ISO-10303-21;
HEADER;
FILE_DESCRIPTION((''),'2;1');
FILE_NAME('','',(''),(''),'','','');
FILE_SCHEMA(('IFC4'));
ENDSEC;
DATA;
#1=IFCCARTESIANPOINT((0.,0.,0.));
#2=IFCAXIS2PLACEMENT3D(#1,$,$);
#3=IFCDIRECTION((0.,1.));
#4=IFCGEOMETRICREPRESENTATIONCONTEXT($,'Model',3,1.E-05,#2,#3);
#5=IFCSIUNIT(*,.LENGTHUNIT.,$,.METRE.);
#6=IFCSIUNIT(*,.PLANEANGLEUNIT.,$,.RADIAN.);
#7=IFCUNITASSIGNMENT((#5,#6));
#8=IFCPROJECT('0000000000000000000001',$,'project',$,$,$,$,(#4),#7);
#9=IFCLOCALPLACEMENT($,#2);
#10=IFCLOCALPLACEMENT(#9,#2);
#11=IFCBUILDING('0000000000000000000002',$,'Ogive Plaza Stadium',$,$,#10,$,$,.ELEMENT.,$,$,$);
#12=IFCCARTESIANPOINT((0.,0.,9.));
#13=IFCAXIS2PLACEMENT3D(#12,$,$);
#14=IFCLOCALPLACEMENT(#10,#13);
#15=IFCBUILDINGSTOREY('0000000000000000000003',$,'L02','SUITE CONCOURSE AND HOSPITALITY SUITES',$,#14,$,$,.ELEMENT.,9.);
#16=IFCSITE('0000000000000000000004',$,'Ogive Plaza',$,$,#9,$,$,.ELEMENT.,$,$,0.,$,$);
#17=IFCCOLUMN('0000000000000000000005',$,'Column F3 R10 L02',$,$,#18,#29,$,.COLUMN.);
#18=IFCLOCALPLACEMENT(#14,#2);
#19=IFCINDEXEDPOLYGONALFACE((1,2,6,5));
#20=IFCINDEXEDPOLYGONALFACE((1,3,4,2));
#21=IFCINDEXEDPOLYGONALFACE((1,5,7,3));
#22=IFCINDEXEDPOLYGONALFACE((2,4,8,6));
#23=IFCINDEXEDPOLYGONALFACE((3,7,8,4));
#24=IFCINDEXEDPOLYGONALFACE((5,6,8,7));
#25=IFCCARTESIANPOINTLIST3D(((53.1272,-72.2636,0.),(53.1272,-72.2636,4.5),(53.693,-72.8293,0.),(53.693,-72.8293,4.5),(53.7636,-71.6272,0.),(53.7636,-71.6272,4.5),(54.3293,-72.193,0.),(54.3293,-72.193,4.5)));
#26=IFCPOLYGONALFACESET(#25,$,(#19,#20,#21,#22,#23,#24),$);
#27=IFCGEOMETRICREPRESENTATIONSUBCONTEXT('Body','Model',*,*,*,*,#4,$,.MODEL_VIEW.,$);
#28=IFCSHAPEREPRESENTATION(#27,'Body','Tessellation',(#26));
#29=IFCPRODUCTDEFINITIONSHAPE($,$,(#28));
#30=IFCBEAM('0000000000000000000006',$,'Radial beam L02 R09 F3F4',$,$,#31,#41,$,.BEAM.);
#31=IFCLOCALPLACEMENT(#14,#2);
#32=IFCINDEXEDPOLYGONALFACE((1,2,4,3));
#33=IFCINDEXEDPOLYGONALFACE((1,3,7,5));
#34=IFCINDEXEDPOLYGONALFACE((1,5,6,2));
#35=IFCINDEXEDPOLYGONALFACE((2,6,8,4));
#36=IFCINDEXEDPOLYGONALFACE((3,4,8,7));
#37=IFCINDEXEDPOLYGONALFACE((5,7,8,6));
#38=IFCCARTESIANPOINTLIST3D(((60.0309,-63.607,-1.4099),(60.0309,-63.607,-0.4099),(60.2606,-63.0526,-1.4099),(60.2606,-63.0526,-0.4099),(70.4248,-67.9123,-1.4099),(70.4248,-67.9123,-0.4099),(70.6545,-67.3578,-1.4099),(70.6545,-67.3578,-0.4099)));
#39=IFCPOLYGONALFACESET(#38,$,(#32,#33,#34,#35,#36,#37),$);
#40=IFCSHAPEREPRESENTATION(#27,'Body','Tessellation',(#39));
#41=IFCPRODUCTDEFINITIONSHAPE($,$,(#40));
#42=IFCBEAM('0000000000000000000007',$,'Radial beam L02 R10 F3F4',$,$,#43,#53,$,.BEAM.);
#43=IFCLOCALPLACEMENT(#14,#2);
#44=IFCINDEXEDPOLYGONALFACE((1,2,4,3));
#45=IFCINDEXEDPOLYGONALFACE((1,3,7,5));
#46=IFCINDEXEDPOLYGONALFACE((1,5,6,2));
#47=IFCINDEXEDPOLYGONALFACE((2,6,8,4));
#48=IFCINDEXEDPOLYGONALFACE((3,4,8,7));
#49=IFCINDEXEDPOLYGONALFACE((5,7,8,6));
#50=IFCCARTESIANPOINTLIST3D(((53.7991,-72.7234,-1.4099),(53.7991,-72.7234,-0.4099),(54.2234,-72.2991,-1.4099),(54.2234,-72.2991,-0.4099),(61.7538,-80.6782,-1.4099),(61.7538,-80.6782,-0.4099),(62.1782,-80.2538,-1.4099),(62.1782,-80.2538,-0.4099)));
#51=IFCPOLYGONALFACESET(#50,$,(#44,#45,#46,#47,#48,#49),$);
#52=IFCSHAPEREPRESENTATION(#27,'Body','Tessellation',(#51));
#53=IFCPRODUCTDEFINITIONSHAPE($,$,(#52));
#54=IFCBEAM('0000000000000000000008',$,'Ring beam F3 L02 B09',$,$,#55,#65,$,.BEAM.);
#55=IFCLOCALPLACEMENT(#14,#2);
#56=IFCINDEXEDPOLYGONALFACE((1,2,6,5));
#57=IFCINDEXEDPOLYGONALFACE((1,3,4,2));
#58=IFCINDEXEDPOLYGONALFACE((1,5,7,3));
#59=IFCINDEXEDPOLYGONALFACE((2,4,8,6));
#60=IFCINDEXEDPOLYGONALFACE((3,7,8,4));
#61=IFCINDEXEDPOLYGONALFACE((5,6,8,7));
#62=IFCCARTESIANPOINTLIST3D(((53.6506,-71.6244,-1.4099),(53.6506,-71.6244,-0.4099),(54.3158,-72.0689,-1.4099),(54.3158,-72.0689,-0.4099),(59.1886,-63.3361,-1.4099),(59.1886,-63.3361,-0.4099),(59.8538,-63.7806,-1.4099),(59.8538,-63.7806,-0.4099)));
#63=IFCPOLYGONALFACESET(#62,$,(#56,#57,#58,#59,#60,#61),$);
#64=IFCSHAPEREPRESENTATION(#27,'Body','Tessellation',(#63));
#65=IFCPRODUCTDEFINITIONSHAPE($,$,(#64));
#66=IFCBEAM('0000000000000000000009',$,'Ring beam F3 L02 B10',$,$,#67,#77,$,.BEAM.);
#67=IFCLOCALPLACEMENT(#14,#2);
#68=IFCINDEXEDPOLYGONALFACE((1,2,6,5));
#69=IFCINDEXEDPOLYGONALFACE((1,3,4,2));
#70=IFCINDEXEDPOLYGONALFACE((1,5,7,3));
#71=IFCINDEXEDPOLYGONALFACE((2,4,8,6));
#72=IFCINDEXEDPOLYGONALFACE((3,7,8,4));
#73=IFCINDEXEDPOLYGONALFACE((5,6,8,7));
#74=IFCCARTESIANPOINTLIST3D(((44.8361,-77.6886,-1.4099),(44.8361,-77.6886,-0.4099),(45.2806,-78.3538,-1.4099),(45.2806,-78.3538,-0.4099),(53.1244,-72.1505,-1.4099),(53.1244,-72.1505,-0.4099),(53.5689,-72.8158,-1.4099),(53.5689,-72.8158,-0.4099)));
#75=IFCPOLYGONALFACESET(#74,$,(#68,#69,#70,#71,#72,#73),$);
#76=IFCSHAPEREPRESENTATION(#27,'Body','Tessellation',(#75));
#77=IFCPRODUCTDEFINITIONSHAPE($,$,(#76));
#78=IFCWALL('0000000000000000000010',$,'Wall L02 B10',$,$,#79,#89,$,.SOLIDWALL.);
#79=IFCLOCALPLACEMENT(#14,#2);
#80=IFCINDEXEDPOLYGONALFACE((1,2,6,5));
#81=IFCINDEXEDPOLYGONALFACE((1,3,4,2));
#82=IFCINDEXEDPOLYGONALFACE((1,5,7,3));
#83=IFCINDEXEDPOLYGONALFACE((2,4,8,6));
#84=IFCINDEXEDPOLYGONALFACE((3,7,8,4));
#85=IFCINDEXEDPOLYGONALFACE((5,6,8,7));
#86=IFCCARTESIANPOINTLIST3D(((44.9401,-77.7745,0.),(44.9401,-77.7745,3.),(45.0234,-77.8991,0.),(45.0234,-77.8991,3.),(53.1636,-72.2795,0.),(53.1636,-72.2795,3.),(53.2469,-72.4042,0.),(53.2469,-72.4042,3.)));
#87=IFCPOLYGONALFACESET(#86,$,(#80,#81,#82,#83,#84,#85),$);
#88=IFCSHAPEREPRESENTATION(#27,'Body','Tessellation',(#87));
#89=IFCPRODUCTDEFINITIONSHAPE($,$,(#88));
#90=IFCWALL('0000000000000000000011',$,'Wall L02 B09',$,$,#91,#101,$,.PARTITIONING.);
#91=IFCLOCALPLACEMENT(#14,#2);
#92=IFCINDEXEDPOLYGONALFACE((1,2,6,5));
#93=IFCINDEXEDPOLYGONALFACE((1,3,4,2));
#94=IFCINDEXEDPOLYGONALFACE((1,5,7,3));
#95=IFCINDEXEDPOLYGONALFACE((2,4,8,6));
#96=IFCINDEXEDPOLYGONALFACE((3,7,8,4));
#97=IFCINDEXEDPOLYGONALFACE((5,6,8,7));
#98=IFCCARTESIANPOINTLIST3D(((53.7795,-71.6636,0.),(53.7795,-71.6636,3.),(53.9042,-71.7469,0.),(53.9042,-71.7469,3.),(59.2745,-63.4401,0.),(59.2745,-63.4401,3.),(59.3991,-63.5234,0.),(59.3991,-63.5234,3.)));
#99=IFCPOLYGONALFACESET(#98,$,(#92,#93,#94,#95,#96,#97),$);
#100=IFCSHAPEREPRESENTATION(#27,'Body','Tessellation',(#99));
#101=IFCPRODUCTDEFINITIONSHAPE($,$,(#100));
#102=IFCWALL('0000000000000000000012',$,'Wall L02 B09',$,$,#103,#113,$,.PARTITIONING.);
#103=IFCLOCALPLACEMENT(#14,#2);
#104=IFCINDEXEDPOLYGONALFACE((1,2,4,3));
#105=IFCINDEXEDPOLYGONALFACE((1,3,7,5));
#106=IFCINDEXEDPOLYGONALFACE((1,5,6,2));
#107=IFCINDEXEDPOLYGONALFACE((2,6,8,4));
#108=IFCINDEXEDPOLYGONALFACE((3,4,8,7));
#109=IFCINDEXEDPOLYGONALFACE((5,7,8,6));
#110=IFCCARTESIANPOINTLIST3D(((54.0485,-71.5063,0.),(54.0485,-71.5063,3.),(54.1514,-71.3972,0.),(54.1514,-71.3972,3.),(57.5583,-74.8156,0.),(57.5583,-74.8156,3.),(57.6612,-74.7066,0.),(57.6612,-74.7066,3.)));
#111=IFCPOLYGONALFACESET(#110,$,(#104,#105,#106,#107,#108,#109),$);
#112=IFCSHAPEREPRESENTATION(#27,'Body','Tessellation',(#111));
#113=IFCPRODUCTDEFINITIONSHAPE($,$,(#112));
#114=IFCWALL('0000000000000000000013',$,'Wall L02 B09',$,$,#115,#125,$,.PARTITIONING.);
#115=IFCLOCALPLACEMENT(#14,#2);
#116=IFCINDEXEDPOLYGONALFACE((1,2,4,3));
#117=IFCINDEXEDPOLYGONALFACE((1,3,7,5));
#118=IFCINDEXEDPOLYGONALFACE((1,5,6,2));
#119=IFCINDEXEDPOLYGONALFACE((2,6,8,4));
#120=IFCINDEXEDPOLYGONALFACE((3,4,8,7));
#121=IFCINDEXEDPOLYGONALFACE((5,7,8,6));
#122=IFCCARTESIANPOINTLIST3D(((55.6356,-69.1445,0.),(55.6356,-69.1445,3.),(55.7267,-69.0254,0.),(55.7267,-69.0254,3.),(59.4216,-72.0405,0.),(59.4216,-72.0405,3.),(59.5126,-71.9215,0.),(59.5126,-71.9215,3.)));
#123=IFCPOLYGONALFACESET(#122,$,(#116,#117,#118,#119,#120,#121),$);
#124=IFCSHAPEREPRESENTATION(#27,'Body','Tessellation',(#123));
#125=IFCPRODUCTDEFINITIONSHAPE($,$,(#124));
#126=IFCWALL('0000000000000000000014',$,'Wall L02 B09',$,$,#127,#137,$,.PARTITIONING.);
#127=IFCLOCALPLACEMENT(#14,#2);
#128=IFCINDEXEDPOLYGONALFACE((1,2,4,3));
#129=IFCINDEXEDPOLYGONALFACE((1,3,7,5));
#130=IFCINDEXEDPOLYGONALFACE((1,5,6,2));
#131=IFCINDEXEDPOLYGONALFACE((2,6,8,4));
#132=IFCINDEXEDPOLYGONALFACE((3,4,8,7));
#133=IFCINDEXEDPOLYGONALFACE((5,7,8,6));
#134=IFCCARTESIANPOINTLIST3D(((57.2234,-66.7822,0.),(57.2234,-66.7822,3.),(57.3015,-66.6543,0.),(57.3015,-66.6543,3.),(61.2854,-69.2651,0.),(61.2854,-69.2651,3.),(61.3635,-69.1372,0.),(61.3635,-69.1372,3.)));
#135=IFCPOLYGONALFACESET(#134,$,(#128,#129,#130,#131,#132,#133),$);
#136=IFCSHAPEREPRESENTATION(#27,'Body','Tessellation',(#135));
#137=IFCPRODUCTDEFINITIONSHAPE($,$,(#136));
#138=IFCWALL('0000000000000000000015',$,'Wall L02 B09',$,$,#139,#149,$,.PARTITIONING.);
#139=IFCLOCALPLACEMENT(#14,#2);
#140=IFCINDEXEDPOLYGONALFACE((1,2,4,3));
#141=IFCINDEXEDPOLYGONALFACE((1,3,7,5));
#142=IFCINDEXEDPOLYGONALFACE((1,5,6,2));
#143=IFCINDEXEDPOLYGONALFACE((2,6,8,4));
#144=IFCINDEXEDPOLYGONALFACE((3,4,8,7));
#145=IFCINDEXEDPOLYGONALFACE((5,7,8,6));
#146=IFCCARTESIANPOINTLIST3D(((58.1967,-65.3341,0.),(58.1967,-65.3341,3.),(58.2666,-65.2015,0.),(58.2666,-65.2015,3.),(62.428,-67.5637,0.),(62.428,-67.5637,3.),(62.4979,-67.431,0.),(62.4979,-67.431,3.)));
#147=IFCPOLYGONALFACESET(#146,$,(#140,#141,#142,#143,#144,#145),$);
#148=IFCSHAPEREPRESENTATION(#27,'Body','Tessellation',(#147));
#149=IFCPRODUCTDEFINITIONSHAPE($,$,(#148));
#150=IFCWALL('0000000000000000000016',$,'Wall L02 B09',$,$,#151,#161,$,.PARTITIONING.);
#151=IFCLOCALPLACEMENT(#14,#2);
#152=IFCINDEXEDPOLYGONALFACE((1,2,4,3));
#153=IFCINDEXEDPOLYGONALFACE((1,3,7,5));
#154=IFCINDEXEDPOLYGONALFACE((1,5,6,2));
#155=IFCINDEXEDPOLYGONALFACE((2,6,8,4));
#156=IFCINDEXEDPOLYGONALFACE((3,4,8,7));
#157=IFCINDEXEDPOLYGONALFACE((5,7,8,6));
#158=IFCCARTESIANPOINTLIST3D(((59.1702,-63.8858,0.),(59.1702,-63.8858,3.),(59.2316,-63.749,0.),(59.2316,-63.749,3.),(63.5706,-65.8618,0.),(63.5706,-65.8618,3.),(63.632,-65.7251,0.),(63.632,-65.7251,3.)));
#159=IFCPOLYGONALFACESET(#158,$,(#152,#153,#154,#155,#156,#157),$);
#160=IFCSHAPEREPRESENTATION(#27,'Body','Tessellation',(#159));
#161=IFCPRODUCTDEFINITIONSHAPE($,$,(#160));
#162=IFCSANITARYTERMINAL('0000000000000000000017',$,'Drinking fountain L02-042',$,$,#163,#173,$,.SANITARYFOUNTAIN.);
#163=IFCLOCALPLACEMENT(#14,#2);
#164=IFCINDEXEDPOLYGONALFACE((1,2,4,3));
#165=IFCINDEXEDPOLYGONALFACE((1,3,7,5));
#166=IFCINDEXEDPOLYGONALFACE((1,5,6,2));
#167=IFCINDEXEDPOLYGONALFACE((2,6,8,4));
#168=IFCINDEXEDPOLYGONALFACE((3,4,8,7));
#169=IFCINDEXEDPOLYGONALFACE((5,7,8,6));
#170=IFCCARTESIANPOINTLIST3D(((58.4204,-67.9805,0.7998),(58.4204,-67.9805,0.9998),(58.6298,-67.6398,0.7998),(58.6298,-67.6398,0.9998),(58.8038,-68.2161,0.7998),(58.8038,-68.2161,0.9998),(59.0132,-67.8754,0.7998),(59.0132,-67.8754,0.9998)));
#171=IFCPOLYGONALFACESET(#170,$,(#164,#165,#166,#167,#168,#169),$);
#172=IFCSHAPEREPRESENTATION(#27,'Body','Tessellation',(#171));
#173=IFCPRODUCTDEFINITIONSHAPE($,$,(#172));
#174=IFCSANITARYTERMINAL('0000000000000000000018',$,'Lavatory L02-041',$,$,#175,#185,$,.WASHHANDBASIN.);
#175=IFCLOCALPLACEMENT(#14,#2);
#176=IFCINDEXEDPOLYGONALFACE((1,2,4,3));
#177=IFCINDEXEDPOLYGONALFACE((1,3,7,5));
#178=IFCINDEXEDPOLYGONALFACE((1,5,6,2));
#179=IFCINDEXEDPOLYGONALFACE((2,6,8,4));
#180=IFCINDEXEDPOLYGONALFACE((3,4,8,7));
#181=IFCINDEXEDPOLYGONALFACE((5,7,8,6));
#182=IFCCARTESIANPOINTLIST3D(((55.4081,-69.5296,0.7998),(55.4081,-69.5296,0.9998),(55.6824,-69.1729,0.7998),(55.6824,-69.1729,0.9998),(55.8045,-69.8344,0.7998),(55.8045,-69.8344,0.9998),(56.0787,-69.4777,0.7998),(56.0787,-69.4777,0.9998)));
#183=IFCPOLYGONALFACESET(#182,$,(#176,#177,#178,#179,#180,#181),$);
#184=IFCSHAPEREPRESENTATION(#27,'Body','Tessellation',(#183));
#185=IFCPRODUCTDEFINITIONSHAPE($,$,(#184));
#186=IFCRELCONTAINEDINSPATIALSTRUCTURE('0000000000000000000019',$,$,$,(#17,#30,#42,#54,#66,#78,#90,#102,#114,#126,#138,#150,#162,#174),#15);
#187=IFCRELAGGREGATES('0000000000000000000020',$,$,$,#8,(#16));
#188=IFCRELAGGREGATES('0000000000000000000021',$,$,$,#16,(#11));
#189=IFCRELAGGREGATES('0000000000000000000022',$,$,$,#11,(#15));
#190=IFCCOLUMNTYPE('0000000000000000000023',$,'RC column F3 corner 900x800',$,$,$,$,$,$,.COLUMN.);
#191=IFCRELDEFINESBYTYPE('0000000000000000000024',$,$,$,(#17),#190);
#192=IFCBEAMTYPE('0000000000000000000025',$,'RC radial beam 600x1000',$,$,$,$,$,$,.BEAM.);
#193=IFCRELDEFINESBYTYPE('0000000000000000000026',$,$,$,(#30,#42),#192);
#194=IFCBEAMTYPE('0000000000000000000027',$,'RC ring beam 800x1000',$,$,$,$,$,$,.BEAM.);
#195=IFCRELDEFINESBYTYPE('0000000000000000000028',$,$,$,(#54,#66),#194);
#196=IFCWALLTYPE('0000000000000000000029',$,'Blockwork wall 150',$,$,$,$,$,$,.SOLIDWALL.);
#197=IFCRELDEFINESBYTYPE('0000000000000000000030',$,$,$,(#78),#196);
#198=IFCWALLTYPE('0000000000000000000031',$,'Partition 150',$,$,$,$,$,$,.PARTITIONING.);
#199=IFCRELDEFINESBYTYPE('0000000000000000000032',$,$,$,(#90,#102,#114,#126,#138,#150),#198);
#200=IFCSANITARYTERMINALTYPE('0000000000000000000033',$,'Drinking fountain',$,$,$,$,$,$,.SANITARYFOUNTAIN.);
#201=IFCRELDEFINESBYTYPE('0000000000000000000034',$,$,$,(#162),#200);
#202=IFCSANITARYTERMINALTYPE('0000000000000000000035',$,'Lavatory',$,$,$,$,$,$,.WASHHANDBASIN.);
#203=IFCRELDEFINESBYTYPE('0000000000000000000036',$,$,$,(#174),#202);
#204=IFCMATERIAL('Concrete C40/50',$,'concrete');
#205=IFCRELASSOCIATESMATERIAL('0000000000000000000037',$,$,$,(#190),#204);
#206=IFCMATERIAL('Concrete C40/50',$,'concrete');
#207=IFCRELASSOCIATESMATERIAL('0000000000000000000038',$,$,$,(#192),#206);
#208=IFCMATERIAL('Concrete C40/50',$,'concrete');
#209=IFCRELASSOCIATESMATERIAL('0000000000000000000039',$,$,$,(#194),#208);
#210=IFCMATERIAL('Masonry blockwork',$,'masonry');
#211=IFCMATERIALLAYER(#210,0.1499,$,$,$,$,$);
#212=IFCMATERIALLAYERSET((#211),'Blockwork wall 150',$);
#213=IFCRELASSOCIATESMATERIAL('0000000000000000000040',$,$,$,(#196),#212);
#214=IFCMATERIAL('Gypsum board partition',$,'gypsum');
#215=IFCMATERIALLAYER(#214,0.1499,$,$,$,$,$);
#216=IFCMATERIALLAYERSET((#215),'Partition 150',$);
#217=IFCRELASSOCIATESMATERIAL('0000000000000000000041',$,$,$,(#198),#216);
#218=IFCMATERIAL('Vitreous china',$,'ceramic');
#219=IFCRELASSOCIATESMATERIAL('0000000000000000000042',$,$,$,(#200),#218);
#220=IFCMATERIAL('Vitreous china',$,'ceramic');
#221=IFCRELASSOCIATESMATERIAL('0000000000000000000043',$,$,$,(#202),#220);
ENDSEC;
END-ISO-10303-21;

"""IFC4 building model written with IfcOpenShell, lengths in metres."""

from ifc_helpers import new_model, si_unit, direction, frame, frame_2d, origin, origin_2d, place, context, subcontext, project, spatial, rectangle, extrude, material, layer, layer_set, material_profile, profile_set, type_object, element, save


model = new_model("IFC4")

# Units and contexts
model_context = context("Model", 3, precision=1e-05, world=origin(), true_north=direction((0.0, 1.0)))
body_context = subcontext(model_context, "Body", "Model", "MODEL_VIEW")
ifc_project = project(units=[si_unit("LENGTHUNIT", "METRE"), si_unit("PLANEANGLEUNIT", "RADIAN")], contexts=[model_context])

# Site, building, storey
site_placement = place(None, origin())
site = spatial("IfcSite", under=ifc_project, at=site_placement, Name="Ogive Plaza", CompositionType="ELEMENT", RefElevation=0.0)
building_placement = place(site_placement, origin())
building = spatial("IfcBuilding", under=site, at=building_placement, Name="Ogive Plaza Stadium", CompositionType="ELEMENT")
storey_placement = place(building_placement, frame((0.0, 0.0, 9.0)))
storey = spatial("IfcBuildingStorey", under=building, at=storey_placement, Name="L02", Description="SUITE CONCOURSE AND HOSPITALITY SUITES", CompositionType="ELEMENT", Elevation=9.0)

# Column
ifc_material_1 = material(Name="Concrete C40/50", Category="concrete")
ifc_material_profile_1 = material_profile(ifc_material_1, rectangle(XDim=0.8999, YDim=0.8, at=origin_2d()), Name="RC 900x800")
ifc_profile_set_1 = profile_set([ifc_material_profile_1], Name="Concrete C40/50")
column_type = type_object("IfcColumnType", Name="RC column F3 corner 900x800", PredefinedType="COLUMN", material=ifc_profile_set_1)
column_placement = place(storey_placement, frame((53.7283, -72.2283, 0.0), z_axis=(0.0, 0.0, 1.0), x_axis=(0.707107, 0.707107, 0.0)))
element("IfcColumn", 1, at=column_placement, inside=storey, type_object=column_type, Name="Column F3 R10 L02", PredefinedType="COLUMN", context=body_context, shape_type="SweptSolid", body=[
    extrude(rectangle(XDim=0.8999, YDim=0.8, at=origin_2d()), origin(), (0.0, 0.0, 1.0), 4.5),
])

# Beams
ifc_material_2 = material(Name="Concrete C40/50", Category="concrete")
ifc_material_profile_2 = material_profile(ifc_material_2, rectangle(XDim=0.6001, YDim=1.0, at=origin_2d()), Name="RC 600x1000")
ifc_profile_set_2 = profile_set([ifc_material_profile_2], Name="Concrete C40/50")
beam_type_1 = type_object("IfcBeamType", Name="RC radial beam 600x1000", PredefinedType="BEAM", material=ifc_profile_set_2)
beam_1_placement = place(storey_placement, frame((60.1458, -63.3298, -0.9099), z_axis=(0.923882, -0.382678, 0.0), x_axis=(0.382678, 0.923882, 0.0)))
element("IfcBeam", 2, at=beam_1_placement, inside=storey, type_object=beam_type_1, Name="Radial beam L02 R09 F3F4", PredefinedType="BEAM", context=body_context, shape_type="SweptSolid", body=[
    extrude(rectangle(XDim=0.6001, YDim=1.0, at=origin_2d()), origin(), (0.0, 0.0, 1.0), 11.2502),
])
beam_2_placement = place(storey_placement, frame((54.0112, -72.5112, -0.9099), z_axis=(0.707107, -0.707107, 0.0), x_axis=(0.707107, 0.707107, 0.0)))
element("IfcBeam", 3, at=beam_2_placement, inside=storey, type_object=beam_type_1, Name="Radial beam L02 R10 F3F4", PredefinedType="BEAM", context=body_context, shape_type="SweptSolid", body=[
    extrude(rectangle(XDim=0.6001, YDim=1.0, at=origin_2d()), origin(), (0.0, 0.0, 1.0), 11.2498),
])
ifc_material_3 = material(Name="Concrete C40/50", Category="concrete")
ifc_material_profile_3 = material_profile(ifc_material_3, rectangle(XDim=0.8, YDim=1.0, at=origin_2d()), Name="RC 800x1000")
ifc_profile_set_3 = profile_set([ifc_material_profile_3], Name="Concrete C40/50")
beam_type_2 = type_object("IfcBeamType", Name="RC ring beam 800x1000", PredefinedType="BEAM", material=ifc_profile_set_3)
for number, where, z_axis, x_axis, name in (
    (4, (59.5212, -63.5583, -0.9099), (-0.55557, -0.83147, 0.0), (0.83147, -0.55557, 0.0), "Ring beam F3 L02 B09"),
    (5, (53.3467, -72.4832, -0.9099), (-0.83147, -0.55557, 0.0), (0.55557, -0.83147, 0.0), "Ring beam F3 L02 B10"),
):
    element("IfcBeam", number, at=place(storey_placement, frame(where, z_axis=z_axis, x_axis=x_axis)), inside=storey, type_object=beam_type_2, Name=name, PredefinedType="BEAM", context=body_context, shape_type="SweptSolid", body=[
        extrude(rectangle(XDim=0.8, YDim=1.0, at=origin_2d()), origin(), (0.0, 0.0, 1.0), 9.9683),
    ])

# Walls
ifc_material_4 = material(Name="Masonry blockwork", Category="masonry")
ifc_layer_1 = layer(ifc_material_4, 0.1499)
ifc_layer_set_1 = layer_set([ifc_layer_1], Name="Blockwork wall 150")
wall_type_1 = type_object("IfcWallType", Name="Blockwork wall 150", PredefinedType="SOLIDWALL", material=ifc_layer_set_1)
wall_1_placement = place(storey_placement, frame((53.2053, -72.3418, 0.0), z_axis=(0.0, 0.0, 1.0), x_axis=(-0.831461, -0.555583, 0.0)))
element("IfcWall", 6, at=wall_1_placement, inside=storey, type_object=wall_type_1, Name="Wall L02 B10", PredefinedType="SOLIDWALL", context=body_context, shape_type="SweptSolid", body=[
    extrude(rectangle(XDim=9.8904, YDim=0.1499, at=frame_2d((4.9453, 0.0))), origin(), (0.0, 0.0, 1.0), 3.0),
])
ifc_material_5 = material(Name="Gypsum board partition", Category="gypsum")
ifc_layer_2 = layer(ifc_material_5, 0.1499)
ifc_layer_set_2 = layer_set([ifc_layer_2], Name="Partition 150")
wall_type_2 = type_object("IfcWallType", Name="Partition 150", PredefinedType="PARTITIONING", material=ifc_layer_set_2)
wall_2_placement = place(storey_placement, frame((53.8418, -71.7053, 0.0), z_axis=(0.0, 0.0, 1.0), x_axis=(0.555583, 0.831461, 0.0)))
element("IfcWall", 7, at=wall_2_placement, inside=storey, type_object=wall_type_2, Name="Wall L02 B09", PredefinedType="PARTITIONING", context=body_context, shape_type="SweptSolid", body=[
    extrude(rectangle(XDim=9.8904, YDim=0.1499, at=frame_2d((4.9453, 0.0))), origin(), (0.0, 0.0, 1.0), 3.0),
])
wall_3_placement = place(storey_placement, frame((54.0999, -71.4517, 0.0), z_axis=(0.0, 0.0, 1.0), x_axis=(0.727577, -0.686026, 0.0)))
element("IfcWall", 8, at=wall_3_placement, inside=storey, type_object=wall_type_2, Name="Wall L02 B09", PredefinedType="PARTITIONING", context=body_context, shape_type="SweptSolid", body=[
    extrude(rectangle(XDim=4.824, YDim=0.1499, at=frame_2d((2.4121, 0.0))), origin(), (0.0, 0.0, 1.0), 3.0),
])
wall_4_placement = place(storey_placement, frame((55.6812, -69.085, 0.0), z_axis=(0.0, 0.0, 1.0), x_axis=(0.794266, -0.60757, 0.0)))
element("IfcWall", 9, at=wall_4_placement, inside=storey, type_object=wall_type_2, Name="Wall L02 B09", PredefinedType="PARTITIONING", context=body_context, shape_type="SweptSolid", body=[
    extrude(rectangle(XDim=4.7666, YDim=0.1499, at=frame_2d((2.3833, 0.0))), origin(), (0.0, 0.0, 1.0), 3.0),
])
wall_5_placement = place(storey_placement, frame((57.2625, -66.7183, 0.0), z_axis=(0.0, 0.0, 1.0), x_axis=(0.853229, -0.521537, 0.0)))
element("IfcWall", 10, at=wall_5_placement, inside=storey, type_object=wall_type_2, Name="Wall L02 B09", PredefinedType="PARTITIONING", context=body_context, shape_type="SweptSolid", body=[
    extrude(rectangle(XDim=4.7607, YDim=0.1499, at=frame_2d((2.3804, 0.0))), origin(), (0.0, 0.0, 1.0), 3.0),
])
wall_6_placement = place(storey_placement, frame((58.2317, -65.2678, 0.0), z_axis=(0.0, 0.0, 1.0), x_axis=(0.884699, -0.466163, 0.0)))
element("IfcWall", 11, at=wall_6_placement, inside=storey, type_object=wall_type_2, Name="Wall L02 B09", PredefinedType="PARTITIONING", context=body_context, shape_type="SweptSolid", body=[
    extrude(rectangle(XDim=4.7827, YDim=0.1499, at=frame_2d((2.3914, 0.0))), origin(), (0.0, 0.0, 1.0), 3.0),
])
wall_7_placement = place(storey_placement, frame((59.2009, -63.8174, 0.0), z_axis=(0.0, 0.0, 1.0), x_axis=(0.912239, -0.409657, 0.0)))
element("IfcWall", 12, at=wall_7_placement, inside=storey, type_object=wall_type_2, Name="Wall L02 B09", PredefinedType="PARTITIONING", context=body_context, shape_type="SweptSolid", body=[
    extrude(rectangle(XDim=4.8237, YDim=0.1499, at=frame_2d((2.4119, 0.0))), origin(), (0.0, 0.0, 1.0), 3.0),
])

# Sanitary terminals
ifc_material_6 = material(Name="Vitreous china", Category="ceramic")
sanitary_terminal_type_1 = type_object("IfcSanitaryTerminalType", Name="Drinking fountain", PredefinedType="SANITARYFOUNTAIN", material=ifc_material_6)
sanitary_terminal_1_placement = place(storey_placement, frame((58.7168, -67.928, 0.7998), z_axis=(0.0, 0.0, 1.0), x_axis=(0.851922, -0.523669, 0.0)))
element("IfcSanitaryTerminal", 13, at=sanitary_terminal_1_placement, inside=storey, type_object=sanitary_terminal_type_1, Name="Drinking fountain L02-042", PredefinedType="SANITARYFOUNTAIN", context=body_context, shape_type="SweptSolid", body=[
    extrude(rectangle(XDim=0.45, YDim=0.3999, at=origin_2d()), origin(), (0.0, 0.0, 1.0), 0.2),
])
ifc_material_7 = material(Name="Vitreous china", Category="ceramic")
sanitary_terminal_type_2 = type_object("IfcSanitaryTerminalType", Name="Lavatory", PredefinedType="WASHHANDBASIN", material=ifc_material_7)
for number, where, z_axis, x_axis, name in (
    (14, (55.7434, -69.5037, 0.7998), (0.0, 0.0, 1.0), (0.792729, -0.609574, 0.0), "Lavatory L02-041"),
):
    element("IfcSanitaryTerminal", number, at=place(storey_placement, frame(where, z_axis=z_axis, x_axis=x_axis)), inside=storey, type_object=sanitary_terminal_type_2, Name=name, PredefinedType="WASHHANDBASIN", context=body_context, shape_type="SweptSolid", body=[
        extrude(rectangle(XDim=0.5, YDim=0.45, at=origin_2d()), origin(), (0.0, 0.0, 1.0), 0.2),
    ])

save(model, "model.ifc")
